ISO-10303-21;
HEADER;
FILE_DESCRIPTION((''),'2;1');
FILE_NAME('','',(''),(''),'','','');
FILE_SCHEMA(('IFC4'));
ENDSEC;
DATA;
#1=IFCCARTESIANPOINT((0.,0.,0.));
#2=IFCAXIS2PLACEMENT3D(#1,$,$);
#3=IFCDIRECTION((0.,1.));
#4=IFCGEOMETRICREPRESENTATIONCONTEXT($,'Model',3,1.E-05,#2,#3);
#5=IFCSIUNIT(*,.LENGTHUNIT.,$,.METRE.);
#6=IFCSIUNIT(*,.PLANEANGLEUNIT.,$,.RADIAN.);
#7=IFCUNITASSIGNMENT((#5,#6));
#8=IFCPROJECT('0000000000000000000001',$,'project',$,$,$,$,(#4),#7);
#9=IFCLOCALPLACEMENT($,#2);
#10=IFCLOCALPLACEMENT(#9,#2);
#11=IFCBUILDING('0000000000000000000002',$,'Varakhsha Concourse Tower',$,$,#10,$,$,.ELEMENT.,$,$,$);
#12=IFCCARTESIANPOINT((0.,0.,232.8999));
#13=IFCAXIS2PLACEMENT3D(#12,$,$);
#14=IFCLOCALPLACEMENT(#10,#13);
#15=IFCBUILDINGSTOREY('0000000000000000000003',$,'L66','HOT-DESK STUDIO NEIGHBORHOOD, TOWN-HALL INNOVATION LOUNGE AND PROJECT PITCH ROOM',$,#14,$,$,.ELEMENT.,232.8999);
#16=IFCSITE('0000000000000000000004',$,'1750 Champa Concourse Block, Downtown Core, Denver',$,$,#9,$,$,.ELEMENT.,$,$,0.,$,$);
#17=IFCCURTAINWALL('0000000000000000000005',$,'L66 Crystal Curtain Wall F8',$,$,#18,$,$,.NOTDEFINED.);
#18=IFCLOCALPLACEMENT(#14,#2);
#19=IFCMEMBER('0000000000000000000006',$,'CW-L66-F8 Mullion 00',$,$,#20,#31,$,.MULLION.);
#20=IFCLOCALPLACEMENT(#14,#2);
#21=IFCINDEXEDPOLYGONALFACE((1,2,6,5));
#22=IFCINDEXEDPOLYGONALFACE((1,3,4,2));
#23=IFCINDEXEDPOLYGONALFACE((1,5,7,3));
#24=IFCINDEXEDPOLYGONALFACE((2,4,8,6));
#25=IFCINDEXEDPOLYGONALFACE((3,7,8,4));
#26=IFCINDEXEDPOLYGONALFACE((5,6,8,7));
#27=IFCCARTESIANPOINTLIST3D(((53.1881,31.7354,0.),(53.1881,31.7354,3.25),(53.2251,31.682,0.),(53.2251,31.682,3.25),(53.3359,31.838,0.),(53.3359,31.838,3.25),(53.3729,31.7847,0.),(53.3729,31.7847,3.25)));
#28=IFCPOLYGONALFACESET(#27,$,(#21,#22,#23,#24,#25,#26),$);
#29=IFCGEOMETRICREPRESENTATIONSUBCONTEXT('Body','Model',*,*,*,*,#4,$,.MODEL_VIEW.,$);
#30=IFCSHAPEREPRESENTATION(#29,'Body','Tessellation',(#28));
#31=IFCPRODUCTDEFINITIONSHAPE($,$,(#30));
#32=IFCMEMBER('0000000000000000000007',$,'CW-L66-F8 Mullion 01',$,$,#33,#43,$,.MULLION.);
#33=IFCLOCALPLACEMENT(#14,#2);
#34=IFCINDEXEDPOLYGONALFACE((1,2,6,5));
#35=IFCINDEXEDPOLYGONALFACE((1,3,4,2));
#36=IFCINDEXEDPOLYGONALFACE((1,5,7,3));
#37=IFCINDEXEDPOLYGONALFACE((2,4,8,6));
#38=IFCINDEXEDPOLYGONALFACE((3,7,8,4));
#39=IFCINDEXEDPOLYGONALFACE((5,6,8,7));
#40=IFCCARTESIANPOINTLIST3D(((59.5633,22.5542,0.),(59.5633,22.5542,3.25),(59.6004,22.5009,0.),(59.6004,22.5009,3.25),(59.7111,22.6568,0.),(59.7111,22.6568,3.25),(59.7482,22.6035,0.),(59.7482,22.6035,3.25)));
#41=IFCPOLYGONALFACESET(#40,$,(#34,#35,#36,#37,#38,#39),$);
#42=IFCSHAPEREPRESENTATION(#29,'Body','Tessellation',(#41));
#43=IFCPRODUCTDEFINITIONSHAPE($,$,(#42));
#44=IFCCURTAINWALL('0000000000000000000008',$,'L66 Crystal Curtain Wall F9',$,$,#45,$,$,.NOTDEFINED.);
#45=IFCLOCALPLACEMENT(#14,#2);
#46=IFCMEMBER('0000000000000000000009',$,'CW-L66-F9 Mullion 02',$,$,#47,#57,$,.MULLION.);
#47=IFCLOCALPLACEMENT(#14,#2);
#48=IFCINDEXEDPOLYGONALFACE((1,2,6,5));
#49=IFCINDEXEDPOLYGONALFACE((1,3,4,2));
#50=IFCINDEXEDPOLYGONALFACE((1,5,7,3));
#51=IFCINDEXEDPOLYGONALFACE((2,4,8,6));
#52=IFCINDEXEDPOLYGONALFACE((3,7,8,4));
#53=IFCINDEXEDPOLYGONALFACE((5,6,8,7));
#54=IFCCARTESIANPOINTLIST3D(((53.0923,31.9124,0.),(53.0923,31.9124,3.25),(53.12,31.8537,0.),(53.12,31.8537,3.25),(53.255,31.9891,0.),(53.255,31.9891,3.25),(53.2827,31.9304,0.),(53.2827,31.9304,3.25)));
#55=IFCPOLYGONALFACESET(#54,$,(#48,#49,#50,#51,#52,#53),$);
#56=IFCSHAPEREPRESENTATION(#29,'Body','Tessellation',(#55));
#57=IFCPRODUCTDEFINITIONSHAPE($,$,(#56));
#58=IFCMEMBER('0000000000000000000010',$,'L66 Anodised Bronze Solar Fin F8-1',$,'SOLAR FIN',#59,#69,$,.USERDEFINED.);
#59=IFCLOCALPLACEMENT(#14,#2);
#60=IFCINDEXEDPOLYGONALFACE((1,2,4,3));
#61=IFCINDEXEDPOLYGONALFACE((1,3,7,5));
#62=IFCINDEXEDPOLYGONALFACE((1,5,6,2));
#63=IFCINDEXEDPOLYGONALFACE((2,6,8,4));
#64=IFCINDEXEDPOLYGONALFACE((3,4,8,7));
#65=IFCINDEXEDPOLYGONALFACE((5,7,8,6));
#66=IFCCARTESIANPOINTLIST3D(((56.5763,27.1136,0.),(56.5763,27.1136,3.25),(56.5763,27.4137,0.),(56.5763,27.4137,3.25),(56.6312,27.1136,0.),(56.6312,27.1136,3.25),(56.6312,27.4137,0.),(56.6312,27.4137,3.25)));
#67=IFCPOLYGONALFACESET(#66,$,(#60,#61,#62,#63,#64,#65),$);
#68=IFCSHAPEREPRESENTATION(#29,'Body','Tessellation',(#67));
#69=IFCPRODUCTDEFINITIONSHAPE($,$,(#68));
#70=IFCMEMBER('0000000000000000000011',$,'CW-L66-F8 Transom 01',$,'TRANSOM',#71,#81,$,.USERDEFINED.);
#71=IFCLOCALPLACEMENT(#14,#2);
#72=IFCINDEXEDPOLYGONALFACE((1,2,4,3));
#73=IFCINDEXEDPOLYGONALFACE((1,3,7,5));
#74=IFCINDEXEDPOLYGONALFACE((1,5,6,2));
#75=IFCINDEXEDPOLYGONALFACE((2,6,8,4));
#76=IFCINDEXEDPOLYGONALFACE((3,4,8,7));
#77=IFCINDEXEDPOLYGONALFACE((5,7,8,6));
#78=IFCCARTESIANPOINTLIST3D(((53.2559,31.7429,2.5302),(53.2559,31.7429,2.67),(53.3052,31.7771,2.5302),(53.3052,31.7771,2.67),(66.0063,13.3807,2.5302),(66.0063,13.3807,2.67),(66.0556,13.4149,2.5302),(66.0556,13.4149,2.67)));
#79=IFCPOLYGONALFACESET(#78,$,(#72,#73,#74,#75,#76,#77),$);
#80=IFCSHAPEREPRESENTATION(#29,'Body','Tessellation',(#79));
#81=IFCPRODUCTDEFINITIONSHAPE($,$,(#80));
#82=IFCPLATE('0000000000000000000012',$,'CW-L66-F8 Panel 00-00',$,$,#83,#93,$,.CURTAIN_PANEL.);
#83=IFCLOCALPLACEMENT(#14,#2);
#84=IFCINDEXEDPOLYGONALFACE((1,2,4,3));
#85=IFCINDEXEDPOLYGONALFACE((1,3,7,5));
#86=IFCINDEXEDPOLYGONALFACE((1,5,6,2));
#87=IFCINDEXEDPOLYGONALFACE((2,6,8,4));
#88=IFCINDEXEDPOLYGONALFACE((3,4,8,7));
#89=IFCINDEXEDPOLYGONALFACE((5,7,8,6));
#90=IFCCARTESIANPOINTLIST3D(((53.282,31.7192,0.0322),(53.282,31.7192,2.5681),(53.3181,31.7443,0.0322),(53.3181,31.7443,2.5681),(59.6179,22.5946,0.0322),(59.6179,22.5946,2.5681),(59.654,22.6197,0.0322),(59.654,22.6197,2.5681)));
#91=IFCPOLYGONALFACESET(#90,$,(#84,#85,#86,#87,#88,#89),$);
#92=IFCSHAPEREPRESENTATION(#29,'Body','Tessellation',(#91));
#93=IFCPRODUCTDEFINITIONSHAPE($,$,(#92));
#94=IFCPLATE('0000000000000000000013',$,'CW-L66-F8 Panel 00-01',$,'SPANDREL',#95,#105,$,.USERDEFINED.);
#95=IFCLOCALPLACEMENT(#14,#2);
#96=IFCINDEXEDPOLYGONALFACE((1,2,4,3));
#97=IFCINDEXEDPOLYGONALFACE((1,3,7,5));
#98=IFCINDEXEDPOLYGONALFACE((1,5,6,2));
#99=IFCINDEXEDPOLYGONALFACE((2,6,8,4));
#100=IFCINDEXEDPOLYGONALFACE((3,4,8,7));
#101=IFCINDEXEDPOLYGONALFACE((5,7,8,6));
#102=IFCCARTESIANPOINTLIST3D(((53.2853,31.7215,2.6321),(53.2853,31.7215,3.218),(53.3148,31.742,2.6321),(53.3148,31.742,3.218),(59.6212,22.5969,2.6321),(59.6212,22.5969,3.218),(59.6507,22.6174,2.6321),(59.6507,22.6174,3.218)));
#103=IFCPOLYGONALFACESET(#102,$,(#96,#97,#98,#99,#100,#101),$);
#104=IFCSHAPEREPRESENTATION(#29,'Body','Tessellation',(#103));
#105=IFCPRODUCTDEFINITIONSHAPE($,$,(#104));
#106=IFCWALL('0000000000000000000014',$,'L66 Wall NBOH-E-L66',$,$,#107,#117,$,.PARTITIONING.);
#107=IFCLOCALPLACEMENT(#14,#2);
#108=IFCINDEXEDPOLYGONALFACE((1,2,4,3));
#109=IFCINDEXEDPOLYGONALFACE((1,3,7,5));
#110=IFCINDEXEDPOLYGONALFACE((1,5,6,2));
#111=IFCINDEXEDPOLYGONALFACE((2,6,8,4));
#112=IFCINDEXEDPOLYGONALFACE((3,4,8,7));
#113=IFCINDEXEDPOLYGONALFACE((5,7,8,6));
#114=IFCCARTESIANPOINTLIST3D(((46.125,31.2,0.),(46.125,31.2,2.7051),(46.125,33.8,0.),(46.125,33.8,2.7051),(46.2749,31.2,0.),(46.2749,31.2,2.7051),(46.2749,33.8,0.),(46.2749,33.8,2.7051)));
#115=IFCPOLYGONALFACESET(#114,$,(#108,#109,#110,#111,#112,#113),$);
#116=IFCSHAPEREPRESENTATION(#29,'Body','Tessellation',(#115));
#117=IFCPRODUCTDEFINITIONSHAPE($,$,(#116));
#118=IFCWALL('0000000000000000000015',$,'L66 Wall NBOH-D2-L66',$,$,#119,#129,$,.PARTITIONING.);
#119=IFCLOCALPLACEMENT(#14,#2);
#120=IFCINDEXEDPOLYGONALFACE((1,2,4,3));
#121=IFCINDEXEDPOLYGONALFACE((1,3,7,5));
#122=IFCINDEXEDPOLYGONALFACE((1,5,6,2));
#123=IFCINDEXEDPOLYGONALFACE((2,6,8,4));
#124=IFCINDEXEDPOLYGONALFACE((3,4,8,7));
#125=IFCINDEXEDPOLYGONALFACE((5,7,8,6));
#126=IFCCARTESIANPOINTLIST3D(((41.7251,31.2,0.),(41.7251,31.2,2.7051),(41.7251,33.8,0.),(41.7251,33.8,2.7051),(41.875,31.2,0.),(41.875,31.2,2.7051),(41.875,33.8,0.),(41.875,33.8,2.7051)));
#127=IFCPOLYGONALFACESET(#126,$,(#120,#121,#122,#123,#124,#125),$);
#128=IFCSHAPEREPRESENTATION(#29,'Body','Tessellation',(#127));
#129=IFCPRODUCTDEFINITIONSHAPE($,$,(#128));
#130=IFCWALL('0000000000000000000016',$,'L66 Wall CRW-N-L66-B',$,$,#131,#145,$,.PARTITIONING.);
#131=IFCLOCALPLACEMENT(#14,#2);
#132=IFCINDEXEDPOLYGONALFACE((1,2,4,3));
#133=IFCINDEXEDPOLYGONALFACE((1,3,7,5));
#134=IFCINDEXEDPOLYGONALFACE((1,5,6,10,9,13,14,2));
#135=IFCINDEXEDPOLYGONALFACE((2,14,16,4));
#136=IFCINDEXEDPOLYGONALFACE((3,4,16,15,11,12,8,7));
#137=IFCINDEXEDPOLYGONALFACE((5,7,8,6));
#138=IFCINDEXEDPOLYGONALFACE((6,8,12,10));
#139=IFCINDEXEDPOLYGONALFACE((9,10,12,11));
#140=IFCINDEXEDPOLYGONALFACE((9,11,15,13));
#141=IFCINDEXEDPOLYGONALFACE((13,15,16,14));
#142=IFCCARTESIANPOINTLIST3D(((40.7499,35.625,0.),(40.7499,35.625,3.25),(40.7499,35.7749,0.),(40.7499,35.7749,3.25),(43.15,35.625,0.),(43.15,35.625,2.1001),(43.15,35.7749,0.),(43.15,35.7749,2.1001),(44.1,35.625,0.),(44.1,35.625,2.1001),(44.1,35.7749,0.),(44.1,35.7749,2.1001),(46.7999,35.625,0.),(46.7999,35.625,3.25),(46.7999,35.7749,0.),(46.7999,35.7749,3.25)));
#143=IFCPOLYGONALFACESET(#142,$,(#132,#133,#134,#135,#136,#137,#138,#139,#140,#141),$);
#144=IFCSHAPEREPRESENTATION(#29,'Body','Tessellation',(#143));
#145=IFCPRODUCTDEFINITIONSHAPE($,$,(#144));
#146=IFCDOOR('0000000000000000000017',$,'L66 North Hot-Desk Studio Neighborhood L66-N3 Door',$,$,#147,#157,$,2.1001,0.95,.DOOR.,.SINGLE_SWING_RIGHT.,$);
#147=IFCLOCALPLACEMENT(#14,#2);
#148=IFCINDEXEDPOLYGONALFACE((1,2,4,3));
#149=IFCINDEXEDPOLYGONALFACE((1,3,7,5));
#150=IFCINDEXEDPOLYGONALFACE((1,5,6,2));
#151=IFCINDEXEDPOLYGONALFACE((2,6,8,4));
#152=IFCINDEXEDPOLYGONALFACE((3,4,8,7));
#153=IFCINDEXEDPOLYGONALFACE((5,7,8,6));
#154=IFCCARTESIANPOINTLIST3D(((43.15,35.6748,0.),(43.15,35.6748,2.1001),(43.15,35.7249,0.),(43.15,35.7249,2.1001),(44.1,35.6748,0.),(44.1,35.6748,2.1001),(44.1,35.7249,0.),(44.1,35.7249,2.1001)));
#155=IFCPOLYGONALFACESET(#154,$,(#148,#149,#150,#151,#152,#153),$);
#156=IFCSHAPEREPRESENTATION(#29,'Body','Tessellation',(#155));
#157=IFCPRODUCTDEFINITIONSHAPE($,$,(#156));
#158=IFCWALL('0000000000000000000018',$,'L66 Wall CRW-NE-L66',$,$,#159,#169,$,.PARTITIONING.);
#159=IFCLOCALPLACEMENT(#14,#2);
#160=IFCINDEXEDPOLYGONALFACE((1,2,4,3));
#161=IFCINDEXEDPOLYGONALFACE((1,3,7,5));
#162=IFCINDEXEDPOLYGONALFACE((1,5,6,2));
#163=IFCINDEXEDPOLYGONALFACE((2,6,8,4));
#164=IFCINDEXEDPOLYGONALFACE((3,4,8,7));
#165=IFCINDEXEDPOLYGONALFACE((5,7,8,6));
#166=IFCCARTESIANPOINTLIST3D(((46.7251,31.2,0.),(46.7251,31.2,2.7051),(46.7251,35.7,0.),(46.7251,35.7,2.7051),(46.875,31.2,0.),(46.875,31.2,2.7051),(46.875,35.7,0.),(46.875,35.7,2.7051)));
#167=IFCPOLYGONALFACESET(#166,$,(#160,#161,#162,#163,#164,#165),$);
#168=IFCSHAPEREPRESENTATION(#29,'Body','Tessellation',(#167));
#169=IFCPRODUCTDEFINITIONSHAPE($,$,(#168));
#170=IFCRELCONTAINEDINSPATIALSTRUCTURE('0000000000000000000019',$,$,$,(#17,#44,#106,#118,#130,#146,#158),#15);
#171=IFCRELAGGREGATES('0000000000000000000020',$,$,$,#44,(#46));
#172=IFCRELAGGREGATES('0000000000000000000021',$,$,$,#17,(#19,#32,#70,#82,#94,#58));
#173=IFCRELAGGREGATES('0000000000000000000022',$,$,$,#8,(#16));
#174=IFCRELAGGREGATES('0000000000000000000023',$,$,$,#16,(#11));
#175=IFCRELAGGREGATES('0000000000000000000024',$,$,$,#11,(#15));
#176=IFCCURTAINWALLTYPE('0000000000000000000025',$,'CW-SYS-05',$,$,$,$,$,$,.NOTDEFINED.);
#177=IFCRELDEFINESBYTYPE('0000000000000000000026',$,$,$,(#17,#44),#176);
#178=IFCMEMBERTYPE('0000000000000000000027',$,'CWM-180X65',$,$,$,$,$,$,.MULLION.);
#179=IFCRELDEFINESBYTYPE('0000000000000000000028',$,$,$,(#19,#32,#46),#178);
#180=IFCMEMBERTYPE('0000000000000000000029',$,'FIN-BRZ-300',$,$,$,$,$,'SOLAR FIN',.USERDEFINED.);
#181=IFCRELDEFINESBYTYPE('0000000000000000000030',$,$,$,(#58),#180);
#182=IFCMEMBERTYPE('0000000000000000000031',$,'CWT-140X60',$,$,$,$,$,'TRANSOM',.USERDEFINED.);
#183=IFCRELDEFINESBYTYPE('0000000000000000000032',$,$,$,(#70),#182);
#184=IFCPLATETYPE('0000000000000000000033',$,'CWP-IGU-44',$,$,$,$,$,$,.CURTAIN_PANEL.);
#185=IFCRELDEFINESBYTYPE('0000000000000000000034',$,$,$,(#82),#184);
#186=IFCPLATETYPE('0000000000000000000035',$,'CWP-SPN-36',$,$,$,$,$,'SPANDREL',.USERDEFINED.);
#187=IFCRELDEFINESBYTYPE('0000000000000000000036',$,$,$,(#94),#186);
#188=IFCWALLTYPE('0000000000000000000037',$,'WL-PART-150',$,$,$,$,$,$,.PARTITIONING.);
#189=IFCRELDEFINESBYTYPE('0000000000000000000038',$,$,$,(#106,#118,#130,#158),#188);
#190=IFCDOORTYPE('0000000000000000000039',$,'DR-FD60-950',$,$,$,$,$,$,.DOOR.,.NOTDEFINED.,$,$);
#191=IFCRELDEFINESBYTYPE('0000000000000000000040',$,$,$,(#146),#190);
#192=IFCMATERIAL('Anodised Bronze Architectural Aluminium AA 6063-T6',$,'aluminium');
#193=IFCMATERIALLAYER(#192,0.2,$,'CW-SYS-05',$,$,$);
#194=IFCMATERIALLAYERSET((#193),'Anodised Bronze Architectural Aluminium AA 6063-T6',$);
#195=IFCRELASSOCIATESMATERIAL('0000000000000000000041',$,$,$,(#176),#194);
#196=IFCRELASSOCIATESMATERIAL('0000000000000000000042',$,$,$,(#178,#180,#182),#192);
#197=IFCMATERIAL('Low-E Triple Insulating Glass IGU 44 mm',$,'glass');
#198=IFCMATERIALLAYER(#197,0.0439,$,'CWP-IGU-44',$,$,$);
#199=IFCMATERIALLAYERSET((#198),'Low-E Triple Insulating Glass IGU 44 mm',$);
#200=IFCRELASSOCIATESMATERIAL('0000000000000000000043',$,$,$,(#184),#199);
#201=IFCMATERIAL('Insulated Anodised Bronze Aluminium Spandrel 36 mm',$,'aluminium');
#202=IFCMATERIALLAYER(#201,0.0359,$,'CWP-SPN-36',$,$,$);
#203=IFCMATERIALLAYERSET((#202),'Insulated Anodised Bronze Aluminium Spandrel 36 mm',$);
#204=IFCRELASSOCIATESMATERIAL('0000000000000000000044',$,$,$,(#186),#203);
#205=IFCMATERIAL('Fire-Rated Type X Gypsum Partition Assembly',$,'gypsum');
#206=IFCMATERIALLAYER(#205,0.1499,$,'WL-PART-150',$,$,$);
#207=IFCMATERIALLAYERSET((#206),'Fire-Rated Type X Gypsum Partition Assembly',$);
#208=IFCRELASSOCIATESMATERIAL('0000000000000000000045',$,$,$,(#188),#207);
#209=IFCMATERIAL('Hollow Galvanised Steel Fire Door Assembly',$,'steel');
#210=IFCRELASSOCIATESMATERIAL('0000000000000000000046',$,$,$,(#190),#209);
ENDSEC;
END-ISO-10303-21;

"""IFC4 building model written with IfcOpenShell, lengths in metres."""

from ifc_helpers import new_model, si_unit, direction, frame, frame_2d, origin, origin_2d, place, context, subcontext, project, spatial, rectangle, extrude, source, transform, mapped, material, layer, layer_set, material_profile, profile_set, type_object, type_shapes, element, fill, aggregate, save


model = new_model("IFC4")

# Units and contexts
model_context = context("Model", 3, precision=1e-05, world=origin(), true_north=direction((0.0, 1.0)))
body_context = subcontext(model_context, "Body", "Model", "MODEL_VIEW")
ifc_project = project(units=[si_unit("LENGTHUNIT", "METRE"), si_unit("PLANEANGLEUNIT", "RADIAN")], contexts=[model_context])

# Site, building, storey
site_placement = place(None, origin())
site = spatial("IfcSite", under=ifc_project, at=site_placement, Name="1750 Champa Concourse Block, Downtown Core, Denver", CompositionType="ELEMENT", RefElevation=0.0)
building_placement = place(site_placement, origin())
building = spatial("IfcBuilding", under=site, at=building_placement, Name="Varakhsha Concourse Tower", CompositionType="ELEMENT")
storey_placement = place(building_placement, frame((0.0, 0.0, 232.8999)))
storey = spatial("IfcBuildingStorey", under=building, at=storey_placement, Name="L66", Description="HOT-DESK STUDIO NEIGHBORHOOD, TOWN-HALL INNOVATION LOUNGE AND PROJECT PITCH ROOM", CompositionType="ELEMENT", Elevation=232.8999)

# Curtain wall, members
ifc_material_1 = material(Name="Anodised Bronze Architectural Aluminium AA 6063-T6", Category="aluminium")
ifc_layer_1 = layer(ifc_material_1, 0.2, Name="CW-SYS-05")
ifc_layer_set_1 = layer_set([ifc_layer_1], Name="Anodised Bronze Architectural Aluminium AA 6063-T6")
curtain_wall_type = type_object("IfcCurtainWallType", Name="CW-SYS-05", PredefinedType="NOTDEFINED", material=ifc_layer_set_1)
curtain_wall_1_placement = place(storey_placement, origin())
curtain_wall_1 = element("IfcCurtainWall", 1, at=curtain_wall_1_placement, inside=storey, type_object=curtain_wall_type, Name="L66 Crystal Curtain Wall F8", PredefinedType="NOTDEFINED")
ifc_material_profile_1 = material_profile(ifc_material_1, rectangle(XDim=0.0649, YDim=0.1799, at=origin_2d()), Name="CWM-180X65")
ifc_profile_set_1 = profile_set([ifc_material_profile_1], Name="Anodised Bronze Architectural Aluminium AA 6063-T6")
member_type_1 = type_object("IfcMemberType", Name="CWM-180X65", PredefinedType="MULLION", material=ifc_profile_set_1)
shared_shape_1 = source(origin(), body_context, "Body", "SweptSolid", [
    extrude(rectangle(XDim=0.0649, YDim=0.1799, at=origin_2d()), origin(), (0.0, 0.0, 1.0), 3.25),
])
type_shapes(member_type_1, [shared_shape_1])
member_1_placement = place(storey_placement, frame((53.2805, 31.76, 0.0), z_axis=(0.0, 0.0, 1.0), x_axis=(0.570361, -0.821394, 0.0)))
member_1 = element("IfcMember", 2, at=member_1_placement, type_object=member_type_1, Name="CW-L66-F8 Mullion 00", PredefinedType="MULLION", context=body_context, shape_type="MappedRepresentation", body=[
    mapped(shared_shape_1, transform((0.0, 0.0, 0.0), scale=1.0)),
])
member_2_placement = place(storey_placement, frame((59.6558, 22.5789, 0.0), z_axis=(0.0, 0.0, 1.0), x_axis=(0.570361, -0.821394, 0.0)))
member_2 = element("IfcMember", 3, at=member_2_placement, type_object=member_type_1, Name="CW-L66-F8 Mullion 01", PredefinedType="MULLION", context=body_context, shape_type="MappedRepresentation", body=[
    mapped(shared_shape_1, transform((0.0, 0.0, 0.0), scale=1.0)),
])

# Curtain wall, member
curtain_wall_2_placement = place(storey_placement, origin())
curtain_wall_2 = element("IfcCurtainWall", 4, at=curtain_wall_2_placement, inside=storey, type_object=curtain_wall_type, Name="L66 Crystal Curtain Wall F9", PredefinedType="NOTDEFINED")
member_3_placement = place(storey_placement, frame((53.1875, 31.9214, 0.0), z_axis=(0.0, 0.0, 1.0), x_axis=(0.426172, -0.904642, 0.0)))
member_3 = element("IfcMember", 5, at=member_3_placement, type_object=member_type_1, Name="CW-L66-F9 Mullion 02", PredefinedType="MULLION", context=body_context, shape_type="MappedRepresentation", body=[
    mapped(shared_shape_1, transform((0.0, 0.0, 0.0), scale=1.0)),
])
aggregate(curtain_wall_2, [member_3])

# Members
ifc_material_profile_2 = material_profile(ifc_material_1, rectangle(XDim=0.0549, YDim=0.3, at=origin_2d()), Name="FIN-BRZ-300")
ifc_profile_set_2 = profile_set([ifc_material_profile_2], Name="Anodised Bronze Architectural Aluminium AA 6063-T6")
member_type_2 = type_object("IfcMemberType", Name="FIN-BRZ-300", ElementType="SOLAR FIN", PredefinedType="USERDEFINED", material=ifc_profile_set_2)
shared_shape_2 = source(origin(), body_context, "Body", "SweptSolid", [
    extrude(rectangle(XDim=0.0549, YDim=0.3, at=origin_2d()), origin(), (0.0, 0.0, 1.0), 3.25),
])
type_shapes(member_type_2, [shared_shape_2])
member_4_placement = place(storey_placement, frame((56.6038, 27.2637, 0.0), z_axis=(0.0, 0.0, 1.0), x_axis=(1.0, 0.0, 0.0)))
member_4 = element("IfcMember", 6, at=member_4_placement, type_object=member_type_2, Name="L66 Anodised Bronze Solar Fin F8-1", ObjectType="SOLAR FIN", PredefinedType="USERDEFINED", context=body_context, shape_type="MappedRepresentation", body=[
    mapped(shared_shape_2, transform((0.0, 0.0, 0.0), scale=1.0)),
])
ifc_material_profile_3 = material_profile(ifc_material_1, rectangle(XDim=0.0601, YDim=0.1399, at=origin_2d()), Name="CWT-140X60")
ifc_profile_set_3 = profile_set([ifc_material_profile_3], Name="Anodised Bronze Architectural Aluminium AA 6063-T6")
member_type_3 = type_object("IfcMemberType", Name="CWT-140X60", ElementType="TRANSOM", PredefinedType="USERDEFINED", material=ifc_profile_set_3)
shared_shape_3 = source(origin(), body_context, "Body", "SweptSolid", [
    extrude(rectangle(XDim=0.0601, YDim=0.1399, at=origin_2d()), origin(), (0.0, 0.0, 1.0), 22.355),
])
type_shapes(member_type_3, [shared_shape_3])
member_5_placement = place(storey_placement, frame((53.2805, 31.76, 2.6001), z_axis=(0.570362, -0.821393, 0.0), x_axis=(0.821393, 0.570362, 0.0)))
member_5 = element("IfcMember", 7, at=member_5_placement, type_object=member_type_3, Name="CW-L66-F8 Transom 01", ObjectType="TRANSOM", PredefinedType="USERDEFINED", context=body_context, shape_type="MappedRepresentation", body=[
    mapped(shared_shape_3, transform((0.0, 0.0, 0.0), scale=1.0)),
])

# Plates
ifc_material_2 = material(Name="Low-E Triple Insulating Glass IGU 44 mm", Category="glass")
ifc_layer_2 = layer(ifc_material_2, 0.0439, Name="CWP-IGU-44")
ifc_layer_set_2 = layer_set([ifc_layer_2], Name="Low-E Triple Insulating Glass IGU 44 mm")
plate_type_1 = type_object("IfcPlateType", Name="CWP-IGU-44", PredefinedType="CURTAIN_PANEL", material=ifc_layer_set_2)
shared_shape_4 = source(origin(), body_context, "Body", "SweptSolid", [
    extrude(rectangle(XDim=11.1086, YDim=0.0439, at=origin_2d()), origin(), (0.0, 0.0, 1.0), 2.5359),
])
type_shapes(plate_type_1, [shared_shape_4])
plate_1_placement = place(storey_placement, frame((56.468, 27.1694, 0.0322), z_axis=(0.0, 0.0, 1.0), x_axis=(0.570361, -0.821394, 0.0)))
plate_1 = element("IfcPlate", 8, at=plate_1_placement, type_object=plate_type_1, Name="CW-L66-F8 Panel 00-00", PredefinedType="CURTAIN_PANEL", context=body_context, shape_type="MappedRepresentation", body=[
    mapped(shared_shape_4, transform((0.0, 0.0, 0.0), scale=1.0)),
])
ifc_material_3 = material(Name="Insulated Anodised Bronze Aluminium Spandrel 36 mm", Category="aluminium")
ifc_layer_3 = layer(ifc_material_3, 0.0359, Name="CWP-SPN-36")
ifc_layer_set_3 = layer_set([ifc_layer_3], Name="Insulated Anodised Bronze Aluminium Spandrel 36 mm")
plate_type_2 = type_object("IfcPlateType", Name="CWP-SPN-36", ElementType="SPANDREL", PredefinedType="USERDEFINED", material=ifc_layer_set_3)
shared_shape_5 = source(origin(), body_context, "Body", "SweptSolid", [
    extrude(rectangle(XDim=11.1086, YDim=0.0359, at=origin_2d()), origin(), (0.0, 0.0, 1.0), 0.5859),
])
type_shapes(plate_type_2, [shared_shape_5])
plate_2_placement = place(storey_placement, frame((56.468, 27.1694, 2.6321), z_axis=(0.0, 0.0, 1.0), x_axis=(0.570361, -0.821394, 0.0)))
plate_2 = element("IfcPlate", 9, at=plate_2_placement, type_object=plate_type_2, Name="CW-L66-F8 Panel 00-01", ObjectType="SPANDREL", PredefinedType="USERDEFINED", context=body_context, shape_type="MappedRepresentation", body=[
    mapped(shared_shape_5, transform((0.0, 0.0, 0.0), scale=1.0)),
])
aggregate(curtain_wall_1, [member_1, member_2, member_5, plate_1, plate_2, member_4])

# Walls
ifc_material_4 = material(Name="Fire-Rated Type X Gypsum Partition Assembly", Category="gypsum")
ifc_layer_4 = layer(ifc_material_4, 0.1499, Name="WL-PART-150")
ifc_layer_set_4 = layer_set([ifc_layer_4], Name="Fire-Rated Type X Gypsum Partition Assembly")
wall_type_1 = type_object("IfcWallType", Name="WL-PART-150", PredefinedType="PARTITIONING", material=ifc_layer_set_4)
for number, where, z_axis, x_axis, name in (
    (10, (46.2, 31.2, 0.0), (0.0, 0.0, 1.0), (0.0, 1.0, 0.0), "L66 Wall NBOH-E-L66"),
    (11, (41.8, 31.2, 0.0), (0.0, 0.0, 1.0), (0.0, 1.0, 0.0), "L66 Wall NBOH-D2-L66"),
):
    element("IfcWall", number, at=place(storey_placement, frame(where, z_axis=z_axis, x_axis=x_axis)), inside=storey, type_object=wall_type_1, Name=name, PredefinedType="PARTITIONING", context=body_context, shape_type="SweptSolid", body=[
        extrude(rectangle(XDim=2.6001, YDim=0.1499, at=frame_2d((1.3, 0.0))), origin(), (0.0, 0.0, 1.0), 2.7051),
    ])

# Wall, opening, door
wall_1_placement = place(storey_placement, frame((40.75, 35.7, 0.0), z_axis=(0.0, 0.0, 1.0), x_axis=(1.0, 0.0, 0.0)))
wall_1 = element("IfcWall", 12, at=wall_1_placement, inside=storey, type_object=wall_type_1, Name="L66 Wall CRW-N-L66-B", PredefinedType="PARTITIONING", context=body_context, shape_type="SweptSolid", body=[
    extrude(rectangle(XDim=6.05, YDim=0.1499, at=frame_2d((3.0249, 0.0))), origin(), (0.0, 0.0, 1.0), 3.25),
])
opening_1_placement = place(wall_1_placement, frame((2.3999, 0.0, 0.0)))
opening_1 = element("IfcOpeningElement", 13, at=opening_1_placement, cuts=wall_1, PredefinedType="OPENING", context=body_context, shape_type="SweptSolid", body=[
    extrude(rectangle(XDim=0.95, YDim=2.1001, at=frame_2d((0.4751, 1.05))), frame((0.0, 0.085, 0.0), z_axis=(0.0, -1.0, 0.0), x_axis=(1.0, 0.0, 0.0)), (0.0, 0.0, 1.0), 0.1699),
])
ifc_material_5 = material(Name="Hollow Galvanised Steel Fire Door Assembly", Category="steel")
door_type = type_object("IfcDoorType", Name="DR-FD60-950", OperationType="NOTDEFINED", PredefinedType="DOOR", material=ifc_material_5)
door_1_placement = place(opening_1_placement, origin())
door_1 = element("IfcDoor", 14, at=door_1_placement, inside=storey, type_object=door_type, Name="L66 North Hot-Desk Studio Neighborhood L66-N3 Door", OperationType="SINGLE_SWING_RIGHT", OverallHeight=2.1001, OverallWidth=0.95, PredefinedType="DOOR", context=body_context, shape_type="SweptSolid", body=[
    extrude(rectangle(XDim=0.95, YDim=2.1001, at=frame_2d((0.4751, 1.05))), frame((0.0, 0.0249, 0.0), z_axis=(0.0, -1.0, 0.0), x_axis=(1.0, 0.0, 0.0)), (0.0, 0.0, 1.0), 0.05),
])
fill(opening_1, door_1)

# Wall
wall_2_placement = place(storey_placement, frame((46.8, 31.2, 0.0), z_axis=(0.0, 0.0, 1.0), x_axis=(0.0, 1.0, 0.0)))
element("IfcWall", 15, at=wall_2_placement, inside=storey, type_object=wall_type_1, Name="L66 Wall CRW-NE-L66", PredefinedType="PARTITIONING", context=body_context, shape_type="SweptSolid", body=[
    extrude(rectangle(XDim=4.5, YDim=0.1499, at=frame_2d((2.25, 0.0))), origin(), (0.0, 0.0, 1.0), 2.7051),
])

save(model, "model.ifc")
